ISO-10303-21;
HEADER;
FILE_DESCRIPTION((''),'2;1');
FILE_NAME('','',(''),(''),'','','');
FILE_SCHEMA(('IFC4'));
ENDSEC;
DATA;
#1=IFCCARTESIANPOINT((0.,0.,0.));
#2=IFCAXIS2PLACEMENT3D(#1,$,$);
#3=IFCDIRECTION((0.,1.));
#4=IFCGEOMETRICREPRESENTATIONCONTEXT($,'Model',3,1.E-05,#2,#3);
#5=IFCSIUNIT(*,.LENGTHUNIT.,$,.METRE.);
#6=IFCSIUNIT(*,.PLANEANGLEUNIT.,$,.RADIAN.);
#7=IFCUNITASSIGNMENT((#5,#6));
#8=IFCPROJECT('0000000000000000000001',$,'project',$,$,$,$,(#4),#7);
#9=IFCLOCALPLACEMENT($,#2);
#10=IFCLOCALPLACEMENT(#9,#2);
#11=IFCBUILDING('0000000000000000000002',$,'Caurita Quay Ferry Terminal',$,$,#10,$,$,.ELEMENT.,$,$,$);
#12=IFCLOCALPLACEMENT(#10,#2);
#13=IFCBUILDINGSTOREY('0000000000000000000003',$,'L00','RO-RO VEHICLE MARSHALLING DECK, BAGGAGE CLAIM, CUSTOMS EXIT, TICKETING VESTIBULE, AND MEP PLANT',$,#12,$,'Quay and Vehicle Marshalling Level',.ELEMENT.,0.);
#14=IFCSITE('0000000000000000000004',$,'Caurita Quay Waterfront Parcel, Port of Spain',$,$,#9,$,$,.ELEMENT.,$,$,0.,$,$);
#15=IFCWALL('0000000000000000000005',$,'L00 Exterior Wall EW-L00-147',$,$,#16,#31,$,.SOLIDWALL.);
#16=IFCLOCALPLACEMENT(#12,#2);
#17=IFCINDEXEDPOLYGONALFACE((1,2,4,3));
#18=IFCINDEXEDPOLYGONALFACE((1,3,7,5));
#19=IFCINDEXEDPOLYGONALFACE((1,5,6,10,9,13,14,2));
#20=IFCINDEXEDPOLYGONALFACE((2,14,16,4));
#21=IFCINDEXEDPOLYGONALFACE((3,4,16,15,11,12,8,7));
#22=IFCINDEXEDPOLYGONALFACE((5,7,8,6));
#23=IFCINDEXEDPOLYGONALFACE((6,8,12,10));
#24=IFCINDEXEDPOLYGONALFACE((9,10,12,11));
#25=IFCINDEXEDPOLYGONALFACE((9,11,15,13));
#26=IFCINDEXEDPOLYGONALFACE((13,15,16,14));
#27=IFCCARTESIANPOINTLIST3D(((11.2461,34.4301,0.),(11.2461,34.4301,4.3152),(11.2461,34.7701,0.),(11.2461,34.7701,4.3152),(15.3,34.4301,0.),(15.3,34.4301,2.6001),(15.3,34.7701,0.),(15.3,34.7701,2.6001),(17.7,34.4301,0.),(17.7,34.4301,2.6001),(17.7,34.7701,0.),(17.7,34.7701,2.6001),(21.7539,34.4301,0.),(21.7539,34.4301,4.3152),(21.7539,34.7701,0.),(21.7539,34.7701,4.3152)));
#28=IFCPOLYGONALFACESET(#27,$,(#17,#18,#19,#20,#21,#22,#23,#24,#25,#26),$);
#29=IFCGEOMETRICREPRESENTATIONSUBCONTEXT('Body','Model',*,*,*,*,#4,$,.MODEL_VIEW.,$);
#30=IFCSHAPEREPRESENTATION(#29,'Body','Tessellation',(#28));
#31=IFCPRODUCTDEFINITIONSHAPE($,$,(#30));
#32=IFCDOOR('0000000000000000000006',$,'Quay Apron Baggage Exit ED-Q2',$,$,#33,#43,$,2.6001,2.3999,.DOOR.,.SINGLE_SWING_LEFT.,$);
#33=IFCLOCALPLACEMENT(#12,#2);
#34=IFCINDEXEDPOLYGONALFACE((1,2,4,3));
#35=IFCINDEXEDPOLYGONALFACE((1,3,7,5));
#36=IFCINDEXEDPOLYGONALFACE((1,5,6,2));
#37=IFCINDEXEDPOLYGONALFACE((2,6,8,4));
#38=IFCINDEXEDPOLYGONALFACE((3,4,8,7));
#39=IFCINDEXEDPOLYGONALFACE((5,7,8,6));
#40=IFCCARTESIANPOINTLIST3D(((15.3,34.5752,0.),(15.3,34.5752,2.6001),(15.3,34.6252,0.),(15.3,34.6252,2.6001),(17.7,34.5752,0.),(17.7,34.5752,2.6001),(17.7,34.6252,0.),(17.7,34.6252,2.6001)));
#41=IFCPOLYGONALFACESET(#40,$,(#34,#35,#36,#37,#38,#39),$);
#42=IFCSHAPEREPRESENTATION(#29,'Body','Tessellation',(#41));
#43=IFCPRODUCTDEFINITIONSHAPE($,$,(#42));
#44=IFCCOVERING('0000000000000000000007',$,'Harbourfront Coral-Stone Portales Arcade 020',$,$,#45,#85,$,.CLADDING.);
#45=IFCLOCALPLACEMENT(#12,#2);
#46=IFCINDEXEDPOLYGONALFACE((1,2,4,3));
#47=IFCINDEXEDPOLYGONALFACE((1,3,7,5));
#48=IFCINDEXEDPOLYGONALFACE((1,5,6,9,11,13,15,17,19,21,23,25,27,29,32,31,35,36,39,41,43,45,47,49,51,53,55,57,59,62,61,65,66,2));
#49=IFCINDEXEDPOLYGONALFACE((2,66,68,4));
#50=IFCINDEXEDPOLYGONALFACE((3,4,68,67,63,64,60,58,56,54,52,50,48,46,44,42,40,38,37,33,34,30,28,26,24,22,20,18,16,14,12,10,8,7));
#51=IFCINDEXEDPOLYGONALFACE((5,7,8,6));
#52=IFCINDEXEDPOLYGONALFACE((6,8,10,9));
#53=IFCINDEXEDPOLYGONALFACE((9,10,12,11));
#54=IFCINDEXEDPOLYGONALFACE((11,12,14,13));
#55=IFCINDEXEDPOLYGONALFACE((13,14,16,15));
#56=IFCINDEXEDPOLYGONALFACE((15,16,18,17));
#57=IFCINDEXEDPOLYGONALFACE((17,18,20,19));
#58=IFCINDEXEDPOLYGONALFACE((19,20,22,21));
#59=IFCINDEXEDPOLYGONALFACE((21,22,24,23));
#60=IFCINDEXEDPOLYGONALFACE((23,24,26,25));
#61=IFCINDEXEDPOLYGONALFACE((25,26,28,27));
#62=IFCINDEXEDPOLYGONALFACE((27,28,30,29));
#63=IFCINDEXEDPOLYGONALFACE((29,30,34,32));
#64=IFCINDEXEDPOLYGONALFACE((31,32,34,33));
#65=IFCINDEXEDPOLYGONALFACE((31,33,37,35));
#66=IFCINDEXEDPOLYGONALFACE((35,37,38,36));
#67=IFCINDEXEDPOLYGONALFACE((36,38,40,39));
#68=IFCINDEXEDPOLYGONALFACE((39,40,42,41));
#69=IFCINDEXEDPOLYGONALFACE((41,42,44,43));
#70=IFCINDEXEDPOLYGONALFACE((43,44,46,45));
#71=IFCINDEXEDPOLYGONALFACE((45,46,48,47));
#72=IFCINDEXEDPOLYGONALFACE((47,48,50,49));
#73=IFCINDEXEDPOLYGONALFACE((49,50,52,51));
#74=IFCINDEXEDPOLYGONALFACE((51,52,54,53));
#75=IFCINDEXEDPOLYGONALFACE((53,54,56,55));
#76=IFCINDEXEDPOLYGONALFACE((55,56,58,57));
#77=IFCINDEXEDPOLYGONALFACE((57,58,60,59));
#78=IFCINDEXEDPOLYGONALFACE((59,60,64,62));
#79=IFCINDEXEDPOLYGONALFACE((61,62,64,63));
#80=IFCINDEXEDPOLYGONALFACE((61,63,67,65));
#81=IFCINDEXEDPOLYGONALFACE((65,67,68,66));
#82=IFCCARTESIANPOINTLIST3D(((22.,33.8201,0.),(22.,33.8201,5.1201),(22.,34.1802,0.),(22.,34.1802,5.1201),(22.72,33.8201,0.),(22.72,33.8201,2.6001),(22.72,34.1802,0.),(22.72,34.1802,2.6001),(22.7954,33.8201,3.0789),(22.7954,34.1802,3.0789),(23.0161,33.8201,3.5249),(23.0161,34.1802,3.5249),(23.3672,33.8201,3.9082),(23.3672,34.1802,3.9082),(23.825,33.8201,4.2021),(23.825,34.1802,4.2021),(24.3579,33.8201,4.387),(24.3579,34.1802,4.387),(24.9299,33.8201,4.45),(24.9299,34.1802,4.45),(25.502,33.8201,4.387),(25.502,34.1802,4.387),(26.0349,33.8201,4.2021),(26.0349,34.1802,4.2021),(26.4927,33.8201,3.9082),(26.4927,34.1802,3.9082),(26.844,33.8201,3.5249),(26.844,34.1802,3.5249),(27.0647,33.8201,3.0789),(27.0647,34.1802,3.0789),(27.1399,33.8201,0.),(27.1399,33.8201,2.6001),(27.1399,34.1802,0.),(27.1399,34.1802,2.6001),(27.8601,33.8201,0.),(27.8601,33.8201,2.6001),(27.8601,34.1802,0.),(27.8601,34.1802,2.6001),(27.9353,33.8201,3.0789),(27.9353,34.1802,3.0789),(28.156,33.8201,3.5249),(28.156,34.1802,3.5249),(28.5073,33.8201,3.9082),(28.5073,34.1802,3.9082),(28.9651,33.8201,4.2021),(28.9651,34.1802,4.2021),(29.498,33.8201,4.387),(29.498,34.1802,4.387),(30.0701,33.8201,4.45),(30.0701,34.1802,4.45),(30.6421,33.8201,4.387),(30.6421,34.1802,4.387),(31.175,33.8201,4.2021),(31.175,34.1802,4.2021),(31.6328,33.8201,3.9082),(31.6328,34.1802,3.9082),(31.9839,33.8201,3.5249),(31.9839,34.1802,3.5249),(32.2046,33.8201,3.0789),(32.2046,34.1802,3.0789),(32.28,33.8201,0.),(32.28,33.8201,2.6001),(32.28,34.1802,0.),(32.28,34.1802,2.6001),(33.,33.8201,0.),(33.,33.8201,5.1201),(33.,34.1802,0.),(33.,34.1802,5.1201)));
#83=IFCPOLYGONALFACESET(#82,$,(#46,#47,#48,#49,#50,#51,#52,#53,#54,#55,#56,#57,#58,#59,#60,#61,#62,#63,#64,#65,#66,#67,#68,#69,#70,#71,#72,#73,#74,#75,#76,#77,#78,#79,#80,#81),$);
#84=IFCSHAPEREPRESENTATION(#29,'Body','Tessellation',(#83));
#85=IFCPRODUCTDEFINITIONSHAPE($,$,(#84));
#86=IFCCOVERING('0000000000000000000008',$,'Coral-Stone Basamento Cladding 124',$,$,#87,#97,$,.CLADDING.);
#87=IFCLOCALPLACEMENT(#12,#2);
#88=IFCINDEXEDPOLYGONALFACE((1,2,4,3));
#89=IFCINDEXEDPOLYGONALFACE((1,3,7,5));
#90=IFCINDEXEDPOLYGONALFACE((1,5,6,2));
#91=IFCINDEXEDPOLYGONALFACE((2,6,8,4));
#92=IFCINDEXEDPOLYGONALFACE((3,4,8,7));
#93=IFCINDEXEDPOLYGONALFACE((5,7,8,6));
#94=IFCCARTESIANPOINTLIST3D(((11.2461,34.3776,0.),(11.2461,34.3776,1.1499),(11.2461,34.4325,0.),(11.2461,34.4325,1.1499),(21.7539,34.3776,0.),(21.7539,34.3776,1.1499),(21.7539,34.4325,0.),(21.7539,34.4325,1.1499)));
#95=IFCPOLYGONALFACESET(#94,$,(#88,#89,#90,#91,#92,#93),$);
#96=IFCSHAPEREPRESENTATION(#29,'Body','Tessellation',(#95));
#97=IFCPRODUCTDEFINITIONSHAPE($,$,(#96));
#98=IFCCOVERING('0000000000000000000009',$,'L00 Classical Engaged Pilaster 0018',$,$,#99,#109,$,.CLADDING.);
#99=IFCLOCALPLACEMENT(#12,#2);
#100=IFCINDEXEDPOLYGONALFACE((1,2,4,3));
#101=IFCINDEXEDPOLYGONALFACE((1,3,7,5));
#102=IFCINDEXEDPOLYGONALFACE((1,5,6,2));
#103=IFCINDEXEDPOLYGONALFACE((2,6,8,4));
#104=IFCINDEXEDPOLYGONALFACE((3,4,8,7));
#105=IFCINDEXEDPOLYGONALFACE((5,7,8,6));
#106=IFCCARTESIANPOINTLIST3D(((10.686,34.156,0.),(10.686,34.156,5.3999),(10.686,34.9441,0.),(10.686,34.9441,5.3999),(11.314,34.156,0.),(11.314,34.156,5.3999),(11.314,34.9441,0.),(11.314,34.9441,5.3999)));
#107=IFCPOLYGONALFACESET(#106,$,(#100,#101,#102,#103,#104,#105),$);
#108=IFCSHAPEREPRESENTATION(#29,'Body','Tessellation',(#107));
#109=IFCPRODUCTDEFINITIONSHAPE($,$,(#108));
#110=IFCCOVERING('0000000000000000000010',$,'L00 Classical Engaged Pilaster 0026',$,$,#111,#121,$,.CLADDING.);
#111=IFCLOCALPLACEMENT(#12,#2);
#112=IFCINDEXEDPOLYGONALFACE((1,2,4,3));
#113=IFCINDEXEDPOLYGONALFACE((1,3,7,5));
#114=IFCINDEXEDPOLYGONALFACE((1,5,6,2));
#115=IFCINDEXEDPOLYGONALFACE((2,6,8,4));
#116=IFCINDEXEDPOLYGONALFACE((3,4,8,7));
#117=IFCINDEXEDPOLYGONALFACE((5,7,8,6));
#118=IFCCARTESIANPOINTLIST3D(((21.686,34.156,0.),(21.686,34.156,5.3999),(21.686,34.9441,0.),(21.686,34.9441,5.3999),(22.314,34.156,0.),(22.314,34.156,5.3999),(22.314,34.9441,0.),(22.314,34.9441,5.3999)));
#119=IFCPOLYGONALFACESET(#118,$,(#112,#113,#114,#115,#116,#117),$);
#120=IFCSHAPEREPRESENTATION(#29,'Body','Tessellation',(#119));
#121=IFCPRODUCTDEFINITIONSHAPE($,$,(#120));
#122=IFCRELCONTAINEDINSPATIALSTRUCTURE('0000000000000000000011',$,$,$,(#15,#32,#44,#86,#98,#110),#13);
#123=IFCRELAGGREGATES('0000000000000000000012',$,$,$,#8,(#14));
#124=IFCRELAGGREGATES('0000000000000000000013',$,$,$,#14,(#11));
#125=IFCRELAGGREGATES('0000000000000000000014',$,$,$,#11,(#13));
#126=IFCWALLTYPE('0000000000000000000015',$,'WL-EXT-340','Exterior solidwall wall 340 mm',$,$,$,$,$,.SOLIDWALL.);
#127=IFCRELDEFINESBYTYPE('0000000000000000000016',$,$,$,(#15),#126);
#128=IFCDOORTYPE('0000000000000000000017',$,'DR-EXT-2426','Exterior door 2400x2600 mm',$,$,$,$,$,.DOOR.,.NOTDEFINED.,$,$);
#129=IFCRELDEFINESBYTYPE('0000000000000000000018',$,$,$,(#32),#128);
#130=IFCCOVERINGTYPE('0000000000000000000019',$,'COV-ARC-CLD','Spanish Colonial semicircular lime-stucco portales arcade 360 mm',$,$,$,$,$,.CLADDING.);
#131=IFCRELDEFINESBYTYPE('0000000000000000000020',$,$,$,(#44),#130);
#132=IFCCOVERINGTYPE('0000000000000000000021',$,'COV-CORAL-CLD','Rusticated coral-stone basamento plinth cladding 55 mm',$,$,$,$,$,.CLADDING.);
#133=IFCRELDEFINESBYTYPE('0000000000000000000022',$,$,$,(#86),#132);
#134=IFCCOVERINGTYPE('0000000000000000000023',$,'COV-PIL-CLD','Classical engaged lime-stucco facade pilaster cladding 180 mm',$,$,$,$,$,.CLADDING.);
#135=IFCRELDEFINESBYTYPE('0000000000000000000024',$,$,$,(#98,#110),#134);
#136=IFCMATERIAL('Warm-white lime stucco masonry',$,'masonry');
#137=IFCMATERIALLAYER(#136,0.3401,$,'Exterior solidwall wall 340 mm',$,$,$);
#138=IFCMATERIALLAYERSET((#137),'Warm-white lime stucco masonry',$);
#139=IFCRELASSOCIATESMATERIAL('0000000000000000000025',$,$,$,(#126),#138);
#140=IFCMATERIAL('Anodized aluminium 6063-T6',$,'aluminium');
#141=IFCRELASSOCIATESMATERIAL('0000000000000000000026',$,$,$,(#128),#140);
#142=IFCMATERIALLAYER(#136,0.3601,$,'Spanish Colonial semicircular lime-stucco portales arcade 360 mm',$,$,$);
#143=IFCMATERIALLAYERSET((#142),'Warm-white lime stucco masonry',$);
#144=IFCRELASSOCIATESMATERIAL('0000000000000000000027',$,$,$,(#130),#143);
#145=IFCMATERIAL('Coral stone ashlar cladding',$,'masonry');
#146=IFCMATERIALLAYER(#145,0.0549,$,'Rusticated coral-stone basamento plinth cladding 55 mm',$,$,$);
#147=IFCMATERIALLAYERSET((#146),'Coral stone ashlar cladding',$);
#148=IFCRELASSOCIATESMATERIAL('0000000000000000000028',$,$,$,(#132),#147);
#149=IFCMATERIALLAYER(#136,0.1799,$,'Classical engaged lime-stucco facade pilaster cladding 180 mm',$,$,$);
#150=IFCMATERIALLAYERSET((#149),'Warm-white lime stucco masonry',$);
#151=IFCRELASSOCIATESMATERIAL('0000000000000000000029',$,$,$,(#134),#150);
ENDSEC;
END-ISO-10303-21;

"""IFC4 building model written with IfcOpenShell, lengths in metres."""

from ifc_helpers import new_model, si_unit, direction, frame, frame_2d, origin, origin_2d, place, context, subcontext, project, spatial, polyline, rectangle, outline, extrude, material, layer, layer_set, type_object, element, fill, save


model = new_model("IFC4")

# Units and contexts
model_context = context("Model", 3, precision=1e-05, world=origin(), true_north=direction((0.0, 1.0)))
body_context = subcontext(model_context, "Body", "Model", "MODEL_VIEW")
ifc_project = project(units=[si_unit("LENGTHUNIT", "METRE"), si_unit("PLANEANGLEUNIT", "RADIAN")], contexts=[model_context])

# Site, building, storey
site_placement = place(None, origin())
site = spatial("IfcSite", under=ifc_project, at=site_placement, Name="Caurita Quay Waterfront Parcel, Port of Spain", CompositionType="ELEMENT", RefElevation=0.0)
building_placement = place(site_placement, origin())
building = spatial("IfcBuilding", under=site, at=building_placement, Name="Caurita Quay Ferry Terminal", CompositionType="ELEMENT")
storey_placement = place(building_placement, origin())
storey = spatial("IfcBuildingStorey", under=building, at=storey_placement, Name="L00", Description="RO-RO VEHICLE MARSHALLING DECK, BAGGAGE CLAIM, CUSTOMS EXIT, TICKETING VESTIBULE, AND MEP PLANT", LongName="Quay and Vehicle Marshalling Level", CompositionType="ELEMENT", Elevation=0.0)

# Wall, opening, door
ifc_material_1 = material(Name="Warm-white lime stucco masonry", Category="masonry")
ifc_layer_1 = layer(ifc_material_1, 0.3401, Name="Exterior solidwall wall 340 mm")
ifc_layer_set_1 = layer_set([ifc_layer_1], Name="Warm-white lime stucco masonry")
wall_type = type_object("IfcWallType", Name="WL-EXT-340", Description="Exterior solidwall wall 340 mm", PredefinedType="SOLIDWALL", material=ifc_layer_set_1)
wall_placement = place(storey_placement, frame((11.2461, 34.6001, 0.0), z_axis=(0.0, 0.0, 1.0), x_axis=(1.0, 0.0, 0.0)))
wall = element("IfcWall", 1, at=wall_placement, inside=storey, type_object=wall_type, Name="L00 Exterior Wall EW-L00-147", PredefinedType="SOLIDWALL", context=body_context, shape_type="SweptSolid", body=[
    extrude(rectangle(XDim=10.5078, YDim=0.3401, at=frame_2d((5.2539, 0.0))), origin(), (0.0, 0.0, 1.0), 4.3152),
])
opening_placement = place(wall_placement, frame((4.054, 0.0, 0.0)))
opening = element("IfcOpeningElement", 2, at=opening_placement, cuts=wall, PredefinedType="OPENING", context=body_context, shape_type="SweptSolid", body=[
    extrude(rectangle(XDim=2.3999, YDim=2.6001, at=frame_2d((1.2, 1.3))), frame((0.0, 0.1799, 0.0), z_axis=(0.0, -1.0, 0.0), x_axis=(1.0, 0.0, 0.0)), (0.0, 0.0, 1.0), 0.3601),
])
ifc_material_2 = material(Name="Anodized aluminium 6063-T6", Category="aluminium")
door_type = type_object("IfcDoorType", Name="DR-EXT-2426", Description="Exterior door 2400x2600 mm", OperationType="NOTDEFINED", PredefinedType="DOOR", material=ifc_material_2)
door_placement = place(opening_placement, frame((2.3999, 0.0, 0.0), z_axis=(0.0, 0.0, 1.0), x_axis=(-1.0, 0.0, 0.0)))
door = element("IfcDoor", 3, at=door_placement, inside=storey, type_object=door_type, Name="Quay Apron Baggage Exit ED-Q2", OperationType="SINGLE_SWING_LEFT", OverallHeight=2.6001, OverallWidth=2.3999, PredefinedType="DOOR", context=body_context, shape_type="SweptSolid", body=[
    extrude(rectangle(XDim=2.3999, YDim=2.6001, at=frame_2d((1.2, 1.3))), frame((0.0, 0.0249, 0.0), z_axis=(0.0, -1.0, 0.0), x_axis=(1.0, 0.0, 0.0)), (0.0, 0.0, 1.0), 0.05),
])
fill(opening, door)

# Coverings
ifc_layer_2 = layer(ifc_material_1, 0.3601, Name="Spanish Colonial semicircular lime-stucco portales arcade 360 mm")
ifc_layer_set_2 = layer_set([ifc_layer_2], Name="Warm-white lime stucco masonry")
covering_type_1 = type_object("IfcCoveringType", Name="COV-ARC-CLD", Description="Spanish Colonial semicircular lime-stucco portales arcade 360 mm", PredefinedType="CLADDING", material=ifc_layer_set_2)
covering_1_placement = place(storey_placement, frame((22.0, 34.0, 0.0), z_axis=(0.0, 0.0, 1.0), x_axis=(1.0, 0.0, 0.0)))
element("IfcCovering", 4, at=covering_1_placement, inside=storey, type_object=covering_type_1, Name="Harbourfront Coral-Stone Portales Arcade 020", PredefinedType="CLADDING", context=body_context, shape_type="SweptSolid", body=[
    extrude(outline(polyline([(0.0, 0.0), (0.72, 0.0), (0.72, 2.6001), (0.7954, 3.0789), (1.0161, 3.5249), (1.3672, 3.9082), (1.825, 4.2021), (2.3579, 4.387), (2.9299, 4.45), (3.502, 4.387), (4.0349, 4.2021), (4.4927, 3.9082), (4.844, 3.5249), (5.0647, 3.0789), (5.1399, 2.6001), (5.1399, 0.0), (5.8601, 0.0), (5.8601, 2.6001), (5.9353, 3.0789), (6.156, 3.5249), (6.5073, 3.9082), (6.9651, 4.2021), (7.498, 4.387), (8.0701, 4.45), (8.6421, 4.387), (9.175, 4.2021), (9.6328, 3.9082), (9.9839, 3.5249), (10.2046, 3.0789), (10.28, 2.6001), (10.28, 0.0), (11.0, 0.0), (11.0, 5.1201), (0.0, 5.1201), (0.0, 0.0)])), frame((0.0, 0.1802, 0.0), z_axis=(0.0, -1.0, 0.0), x_axis=(1.0, 0.0, 0.0)), (0.0, 0.0, 1.0), 0.3601),
])
ifc_material_3 = material(Name="Coral stone ashlar cladding", Category="masonry")
ifc_layer_3 = layer(ifc_material_3, 0.0549, Name="Rusticated coral-stone basamento plinth cladding 55 mm")
ifc_layer_set_3 = layer_set([ifc_layer_3], Name="Coral stone ashlar cladding")
covering_type_2 = type_object("IfcCoveringType", Name="COV-CORAL-CLD", Description="Rusticated coral-stone basamento plinth cladding 55 mm", PredefinedType="CLADDING", material=ifc_layer_set_3)
covering_2_placement = place(storey_placement, frame((11.2461, 34.405, 0.0), z_axis=(0.0, 0.0, 1.0), x_axis=(1.0, 0.0, 0.0)))
element("IfcCovering", 5, at=covering_2_placement, inside=storey, type_object=covering_type_2, Name="Coral-Stone Basamento Cladding 124", PredefinedType="CLADDING", context=body_context, shape_type="SweptSolid", body=[
    extrude(rectangle(XDim=10.5078, YDim=0.0549, at=frame_2d((5.2539, 0.0))), origin(), (0.0, 0.0, 1.0), 1.1499),
])
ifc_layer_4 = layer(ifc_material_1, 0.1799, Name="Classical engaged lime-stucco facade pilaster cladding 180 mm")
ifc_layer_set_4 = layer_set([ifc_layer_4], Name="Warm-white lime stucco masonry")
covering_type_3 = type_object("IfcCoveringType", Name="COV-PIL-CLD", Description="Classical engaged lime-stucco facade pilaster cladding 180 mm", PredefinedType="CLADDING", material=ifc_layer_set_4)
for number, where, z_axis, x_axis, name in (
    (6, (11.0, 34.55, 0.0), (0.0, 0.0, 1.0), (1.0, 0.0, 0.0), "L00 Classical Engaged Pilaster 0018"),
    (7, (22.0, 34.55, 0.0), (0.0, 0.0, 1.0), (1.0, 0.0, 0.0), "L00 Classical Engaged Pilaster 0026"),
):
    element("IfcCovering", number, at=place(storey_placement, frame(where, z_axis=z_axis, x_axis=x_axis)), inside=storey, type_object=covering_type_3, Name=name, PredefinedType="CLADDING", context=body_context, shape_type="SweptSolid", body=[
        extrude(rectangle(XDim=0.6279, YDim=0.7881, at=origin_2d()), origin(), (0.0, 0.0, 1.0), 5.3999),
    ])

save(model, "model.ifc")
